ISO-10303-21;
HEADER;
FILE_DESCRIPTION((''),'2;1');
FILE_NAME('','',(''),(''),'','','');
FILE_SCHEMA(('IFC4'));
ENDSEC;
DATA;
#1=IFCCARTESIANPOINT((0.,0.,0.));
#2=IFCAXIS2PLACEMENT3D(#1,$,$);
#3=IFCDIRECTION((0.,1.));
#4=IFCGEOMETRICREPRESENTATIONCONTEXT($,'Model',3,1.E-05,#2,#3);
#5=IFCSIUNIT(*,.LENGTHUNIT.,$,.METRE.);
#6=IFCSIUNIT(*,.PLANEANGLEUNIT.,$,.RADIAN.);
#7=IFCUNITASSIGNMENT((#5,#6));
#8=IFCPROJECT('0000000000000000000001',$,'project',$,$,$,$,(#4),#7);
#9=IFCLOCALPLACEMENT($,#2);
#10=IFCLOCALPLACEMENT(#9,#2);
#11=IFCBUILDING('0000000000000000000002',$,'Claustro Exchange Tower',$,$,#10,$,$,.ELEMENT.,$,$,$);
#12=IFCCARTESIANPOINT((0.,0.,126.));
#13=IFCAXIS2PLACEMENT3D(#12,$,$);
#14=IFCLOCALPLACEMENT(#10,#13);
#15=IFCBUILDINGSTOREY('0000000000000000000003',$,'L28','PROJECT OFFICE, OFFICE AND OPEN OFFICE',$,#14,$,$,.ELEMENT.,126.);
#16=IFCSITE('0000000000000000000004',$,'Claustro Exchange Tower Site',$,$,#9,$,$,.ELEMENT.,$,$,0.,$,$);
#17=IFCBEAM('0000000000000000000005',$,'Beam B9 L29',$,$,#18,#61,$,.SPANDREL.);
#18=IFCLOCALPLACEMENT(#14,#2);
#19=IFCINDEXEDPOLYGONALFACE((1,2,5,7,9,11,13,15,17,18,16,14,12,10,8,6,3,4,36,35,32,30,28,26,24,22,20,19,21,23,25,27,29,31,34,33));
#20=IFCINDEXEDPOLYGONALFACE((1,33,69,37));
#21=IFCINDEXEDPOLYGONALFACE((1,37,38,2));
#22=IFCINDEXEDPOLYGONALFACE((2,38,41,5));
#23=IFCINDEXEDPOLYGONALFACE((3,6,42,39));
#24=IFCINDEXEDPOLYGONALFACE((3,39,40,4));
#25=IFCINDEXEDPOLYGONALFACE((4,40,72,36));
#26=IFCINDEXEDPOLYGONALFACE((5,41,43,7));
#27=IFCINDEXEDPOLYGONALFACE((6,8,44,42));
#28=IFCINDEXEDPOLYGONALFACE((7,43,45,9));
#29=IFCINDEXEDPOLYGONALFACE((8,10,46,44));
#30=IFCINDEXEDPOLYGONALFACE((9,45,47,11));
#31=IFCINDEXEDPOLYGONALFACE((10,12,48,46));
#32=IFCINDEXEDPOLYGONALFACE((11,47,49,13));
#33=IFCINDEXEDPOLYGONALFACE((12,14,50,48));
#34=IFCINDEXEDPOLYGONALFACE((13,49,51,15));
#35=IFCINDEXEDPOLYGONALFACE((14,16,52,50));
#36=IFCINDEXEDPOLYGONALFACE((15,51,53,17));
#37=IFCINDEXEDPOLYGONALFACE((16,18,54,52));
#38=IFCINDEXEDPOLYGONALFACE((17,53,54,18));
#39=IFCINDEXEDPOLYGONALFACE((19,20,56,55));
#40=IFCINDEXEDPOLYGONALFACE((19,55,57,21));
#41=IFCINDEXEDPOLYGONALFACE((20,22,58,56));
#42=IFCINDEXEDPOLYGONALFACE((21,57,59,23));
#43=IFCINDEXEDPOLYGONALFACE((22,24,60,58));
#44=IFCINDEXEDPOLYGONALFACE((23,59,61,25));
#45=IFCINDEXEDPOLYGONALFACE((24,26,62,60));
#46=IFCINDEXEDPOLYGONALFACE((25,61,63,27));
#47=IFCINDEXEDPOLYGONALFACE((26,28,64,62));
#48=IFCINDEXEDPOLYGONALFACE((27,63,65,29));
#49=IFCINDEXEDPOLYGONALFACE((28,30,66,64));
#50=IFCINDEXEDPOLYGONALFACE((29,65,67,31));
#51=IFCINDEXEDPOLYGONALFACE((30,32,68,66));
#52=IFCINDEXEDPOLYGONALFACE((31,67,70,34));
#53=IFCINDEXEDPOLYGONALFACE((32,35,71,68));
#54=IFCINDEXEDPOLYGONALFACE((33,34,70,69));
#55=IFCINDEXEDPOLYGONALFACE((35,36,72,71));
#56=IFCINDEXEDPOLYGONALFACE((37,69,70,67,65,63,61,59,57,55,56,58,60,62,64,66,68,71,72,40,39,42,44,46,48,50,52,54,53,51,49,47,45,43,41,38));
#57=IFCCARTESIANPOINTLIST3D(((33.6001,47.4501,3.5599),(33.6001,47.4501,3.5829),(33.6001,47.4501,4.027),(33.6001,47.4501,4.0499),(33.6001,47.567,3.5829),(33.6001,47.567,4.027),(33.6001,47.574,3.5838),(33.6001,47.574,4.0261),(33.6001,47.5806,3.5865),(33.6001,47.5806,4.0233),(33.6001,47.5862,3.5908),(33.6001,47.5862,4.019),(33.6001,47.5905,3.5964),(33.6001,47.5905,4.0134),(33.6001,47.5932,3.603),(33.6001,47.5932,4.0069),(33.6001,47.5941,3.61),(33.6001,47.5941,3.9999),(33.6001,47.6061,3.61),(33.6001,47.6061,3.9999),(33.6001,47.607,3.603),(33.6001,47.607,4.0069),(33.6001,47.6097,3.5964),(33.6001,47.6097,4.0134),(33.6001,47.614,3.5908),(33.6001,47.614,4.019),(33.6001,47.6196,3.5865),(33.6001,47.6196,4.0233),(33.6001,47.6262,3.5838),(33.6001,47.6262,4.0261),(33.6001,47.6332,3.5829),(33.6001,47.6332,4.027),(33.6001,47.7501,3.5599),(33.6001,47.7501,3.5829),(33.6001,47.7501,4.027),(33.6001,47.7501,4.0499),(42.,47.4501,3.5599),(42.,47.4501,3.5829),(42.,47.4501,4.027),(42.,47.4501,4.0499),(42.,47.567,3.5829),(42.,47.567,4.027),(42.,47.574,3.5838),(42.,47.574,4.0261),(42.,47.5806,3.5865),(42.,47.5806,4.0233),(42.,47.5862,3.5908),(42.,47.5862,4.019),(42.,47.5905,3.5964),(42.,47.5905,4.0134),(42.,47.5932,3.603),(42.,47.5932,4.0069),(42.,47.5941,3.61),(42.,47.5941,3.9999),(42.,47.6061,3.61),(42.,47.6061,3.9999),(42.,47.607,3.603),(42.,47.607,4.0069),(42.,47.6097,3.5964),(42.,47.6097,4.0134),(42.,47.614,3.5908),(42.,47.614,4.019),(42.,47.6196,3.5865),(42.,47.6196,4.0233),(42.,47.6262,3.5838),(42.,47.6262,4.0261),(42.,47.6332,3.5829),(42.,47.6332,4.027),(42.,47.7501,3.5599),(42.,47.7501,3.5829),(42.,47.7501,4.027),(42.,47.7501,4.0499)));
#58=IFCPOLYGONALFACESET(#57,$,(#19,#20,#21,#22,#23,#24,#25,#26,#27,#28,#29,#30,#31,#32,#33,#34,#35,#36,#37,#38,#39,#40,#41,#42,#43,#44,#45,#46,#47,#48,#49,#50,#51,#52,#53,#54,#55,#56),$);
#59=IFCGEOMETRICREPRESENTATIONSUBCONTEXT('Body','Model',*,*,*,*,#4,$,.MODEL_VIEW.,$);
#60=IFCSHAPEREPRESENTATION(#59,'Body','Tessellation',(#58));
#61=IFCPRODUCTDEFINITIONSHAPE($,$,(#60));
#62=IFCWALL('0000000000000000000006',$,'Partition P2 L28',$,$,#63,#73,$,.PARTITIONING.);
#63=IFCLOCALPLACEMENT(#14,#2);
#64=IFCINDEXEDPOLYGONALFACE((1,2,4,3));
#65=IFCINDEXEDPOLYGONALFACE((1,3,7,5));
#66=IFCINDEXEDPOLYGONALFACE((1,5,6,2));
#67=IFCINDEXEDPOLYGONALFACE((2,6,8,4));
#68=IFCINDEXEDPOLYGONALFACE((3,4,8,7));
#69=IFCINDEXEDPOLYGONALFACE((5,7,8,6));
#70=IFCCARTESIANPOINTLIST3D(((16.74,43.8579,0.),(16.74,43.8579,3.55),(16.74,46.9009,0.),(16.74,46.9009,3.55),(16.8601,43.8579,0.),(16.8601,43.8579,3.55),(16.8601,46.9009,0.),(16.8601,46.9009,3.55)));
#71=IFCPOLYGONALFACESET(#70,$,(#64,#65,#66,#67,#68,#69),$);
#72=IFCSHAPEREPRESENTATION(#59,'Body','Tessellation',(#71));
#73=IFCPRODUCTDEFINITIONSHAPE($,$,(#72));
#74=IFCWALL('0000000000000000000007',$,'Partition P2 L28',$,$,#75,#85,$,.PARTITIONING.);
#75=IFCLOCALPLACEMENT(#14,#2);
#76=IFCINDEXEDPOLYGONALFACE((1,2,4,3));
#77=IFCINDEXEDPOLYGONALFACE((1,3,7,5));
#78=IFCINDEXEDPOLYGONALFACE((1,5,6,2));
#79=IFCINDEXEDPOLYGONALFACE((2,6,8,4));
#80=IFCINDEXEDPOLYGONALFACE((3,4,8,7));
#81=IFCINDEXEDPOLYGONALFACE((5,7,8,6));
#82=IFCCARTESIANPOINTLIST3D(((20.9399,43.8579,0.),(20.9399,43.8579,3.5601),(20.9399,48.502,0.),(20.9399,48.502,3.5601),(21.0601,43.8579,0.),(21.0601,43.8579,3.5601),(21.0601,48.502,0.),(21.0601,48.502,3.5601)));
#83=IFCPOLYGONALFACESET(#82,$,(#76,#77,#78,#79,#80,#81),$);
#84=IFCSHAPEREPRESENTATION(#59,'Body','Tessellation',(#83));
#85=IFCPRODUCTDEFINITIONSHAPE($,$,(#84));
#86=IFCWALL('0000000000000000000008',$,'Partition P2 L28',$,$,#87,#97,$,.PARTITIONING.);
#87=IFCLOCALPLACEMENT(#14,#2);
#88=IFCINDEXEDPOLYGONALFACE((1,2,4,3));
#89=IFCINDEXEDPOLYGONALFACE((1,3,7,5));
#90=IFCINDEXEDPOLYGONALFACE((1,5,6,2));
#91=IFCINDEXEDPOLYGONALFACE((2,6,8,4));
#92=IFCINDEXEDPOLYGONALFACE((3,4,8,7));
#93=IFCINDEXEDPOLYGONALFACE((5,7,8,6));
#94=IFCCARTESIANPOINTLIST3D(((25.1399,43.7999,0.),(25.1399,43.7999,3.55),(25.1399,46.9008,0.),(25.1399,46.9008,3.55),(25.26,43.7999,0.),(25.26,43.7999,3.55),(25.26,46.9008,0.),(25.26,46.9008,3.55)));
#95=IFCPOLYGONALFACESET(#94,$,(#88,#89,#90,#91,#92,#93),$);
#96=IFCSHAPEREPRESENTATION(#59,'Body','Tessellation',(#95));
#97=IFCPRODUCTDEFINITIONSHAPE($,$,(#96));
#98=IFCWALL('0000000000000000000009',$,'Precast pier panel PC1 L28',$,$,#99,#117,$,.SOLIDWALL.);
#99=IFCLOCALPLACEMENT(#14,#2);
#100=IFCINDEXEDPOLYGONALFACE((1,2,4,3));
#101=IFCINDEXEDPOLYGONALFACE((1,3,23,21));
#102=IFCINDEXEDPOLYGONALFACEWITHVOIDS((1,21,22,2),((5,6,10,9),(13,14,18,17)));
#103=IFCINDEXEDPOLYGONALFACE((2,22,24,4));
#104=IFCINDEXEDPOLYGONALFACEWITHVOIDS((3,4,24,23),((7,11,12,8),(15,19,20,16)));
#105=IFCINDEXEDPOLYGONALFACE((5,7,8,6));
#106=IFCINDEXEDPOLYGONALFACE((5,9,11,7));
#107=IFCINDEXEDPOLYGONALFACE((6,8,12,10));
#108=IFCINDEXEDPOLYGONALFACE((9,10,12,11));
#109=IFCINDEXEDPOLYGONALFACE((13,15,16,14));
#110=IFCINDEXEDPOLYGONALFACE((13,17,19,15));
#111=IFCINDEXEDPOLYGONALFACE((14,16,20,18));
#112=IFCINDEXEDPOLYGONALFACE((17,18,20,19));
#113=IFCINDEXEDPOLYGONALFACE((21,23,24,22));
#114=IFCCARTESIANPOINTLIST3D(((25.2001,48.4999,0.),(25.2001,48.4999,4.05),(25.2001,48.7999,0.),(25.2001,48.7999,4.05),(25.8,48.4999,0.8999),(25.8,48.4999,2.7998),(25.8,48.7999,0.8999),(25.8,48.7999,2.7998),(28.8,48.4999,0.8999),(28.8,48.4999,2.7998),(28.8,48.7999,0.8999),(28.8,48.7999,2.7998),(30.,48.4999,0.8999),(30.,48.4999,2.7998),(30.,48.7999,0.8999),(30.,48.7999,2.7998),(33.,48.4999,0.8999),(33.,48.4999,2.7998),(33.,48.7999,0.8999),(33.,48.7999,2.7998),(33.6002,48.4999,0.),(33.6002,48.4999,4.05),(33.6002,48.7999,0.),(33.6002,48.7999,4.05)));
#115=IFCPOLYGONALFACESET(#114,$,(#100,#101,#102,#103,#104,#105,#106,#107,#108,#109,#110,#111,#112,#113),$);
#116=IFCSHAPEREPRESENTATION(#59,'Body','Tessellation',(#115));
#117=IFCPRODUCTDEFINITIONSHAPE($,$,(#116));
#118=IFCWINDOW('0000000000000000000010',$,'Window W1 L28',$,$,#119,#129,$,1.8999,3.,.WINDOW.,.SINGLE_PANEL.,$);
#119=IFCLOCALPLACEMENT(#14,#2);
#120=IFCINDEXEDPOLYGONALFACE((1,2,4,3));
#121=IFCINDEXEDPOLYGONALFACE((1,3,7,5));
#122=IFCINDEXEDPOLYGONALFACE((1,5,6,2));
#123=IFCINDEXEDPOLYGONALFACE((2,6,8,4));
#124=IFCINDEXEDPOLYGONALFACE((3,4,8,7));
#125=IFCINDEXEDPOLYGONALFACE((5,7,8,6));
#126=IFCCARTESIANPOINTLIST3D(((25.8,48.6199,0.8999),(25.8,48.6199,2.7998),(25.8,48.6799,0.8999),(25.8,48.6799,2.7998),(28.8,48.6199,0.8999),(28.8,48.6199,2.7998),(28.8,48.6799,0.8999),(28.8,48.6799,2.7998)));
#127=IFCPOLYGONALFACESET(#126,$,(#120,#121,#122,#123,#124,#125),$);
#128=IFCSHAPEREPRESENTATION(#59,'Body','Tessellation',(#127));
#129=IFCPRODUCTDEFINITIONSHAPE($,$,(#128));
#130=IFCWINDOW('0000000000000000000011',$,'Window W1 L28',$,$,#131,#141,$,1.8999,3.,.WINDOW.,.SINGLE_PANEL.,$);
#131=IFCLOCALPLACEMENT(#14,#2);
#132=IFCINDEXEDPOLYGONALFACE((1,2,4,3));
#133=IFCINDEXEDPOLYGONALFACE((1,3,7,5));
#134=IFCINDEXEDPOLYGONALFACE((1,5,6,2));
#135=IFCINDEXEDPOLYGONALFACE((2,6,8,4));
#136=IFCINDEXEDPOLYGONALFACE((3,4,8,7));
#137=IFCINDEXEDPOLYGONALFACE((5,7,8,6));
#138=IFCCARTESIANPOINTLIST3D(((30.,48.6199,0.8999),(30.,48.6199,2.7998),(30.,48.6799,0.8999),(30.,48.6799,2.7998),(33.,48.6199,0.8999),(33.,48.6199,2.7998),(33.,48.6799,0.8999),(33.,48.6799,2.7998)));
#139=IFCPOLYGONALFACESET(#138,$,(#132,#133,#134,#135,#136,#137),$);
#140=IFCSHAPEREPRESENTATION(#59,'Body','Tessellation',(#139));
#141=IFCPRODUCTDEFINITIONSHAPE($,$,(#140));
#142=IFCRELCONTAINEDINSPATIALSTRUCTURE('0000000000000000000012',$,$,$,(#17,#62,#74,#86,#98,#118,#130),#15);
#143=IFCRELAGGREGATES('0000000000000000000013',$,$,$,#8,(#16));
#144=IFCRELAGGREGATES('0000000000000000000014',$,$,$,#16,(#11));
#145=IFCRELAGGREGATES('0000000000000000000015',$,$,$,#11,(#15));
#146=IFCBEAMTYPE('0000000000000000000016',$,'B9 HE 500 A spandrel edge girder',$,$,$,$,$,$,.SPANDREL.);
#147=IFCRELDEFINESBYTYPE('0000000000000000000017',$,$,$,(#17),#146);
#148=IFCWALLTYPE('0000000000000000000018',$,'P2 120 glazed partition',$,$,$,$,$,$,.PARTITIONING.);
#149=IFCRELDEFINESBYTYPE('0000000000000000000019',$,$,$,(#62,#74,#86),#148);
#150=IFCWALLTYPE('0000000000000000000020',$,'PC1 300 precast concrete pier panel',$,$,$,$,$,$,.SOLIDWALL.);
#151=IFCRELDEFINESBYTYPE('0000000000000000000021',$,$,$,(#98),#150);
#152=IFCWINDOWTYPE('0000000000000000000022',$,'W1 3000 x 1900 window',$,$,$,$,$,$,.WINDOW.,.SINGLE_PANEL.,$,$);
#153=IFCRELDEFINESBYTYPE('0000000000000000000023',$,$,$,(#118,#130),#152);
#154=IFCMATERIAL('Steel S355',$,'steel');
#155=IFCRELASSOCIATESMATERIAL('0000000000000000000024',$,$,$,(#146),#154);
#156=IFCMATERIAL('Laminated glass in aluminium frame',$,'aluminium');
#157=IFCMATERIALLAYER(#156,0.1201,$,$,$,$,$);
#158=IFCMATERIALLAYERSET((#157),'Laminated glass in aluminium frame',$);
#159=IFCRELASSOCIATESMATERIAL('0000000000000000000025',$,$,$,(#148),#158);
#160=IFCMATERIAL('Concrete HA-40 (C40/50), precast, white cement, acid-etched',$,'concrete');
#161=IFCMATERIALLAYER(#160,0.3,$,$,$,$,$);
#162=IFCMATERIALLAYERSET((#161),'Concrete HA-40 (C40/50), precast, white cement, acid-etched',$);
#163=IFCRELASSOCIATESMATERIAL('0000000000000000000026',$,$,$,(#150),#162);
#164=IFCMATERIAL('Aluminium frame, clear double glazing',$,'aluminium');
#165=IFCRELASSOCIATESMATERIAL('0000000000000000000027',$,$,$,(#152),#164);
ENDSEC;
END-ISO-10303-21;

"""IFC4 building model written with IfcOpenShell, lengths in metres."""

from ifc_helpers import new_model, si_unit, direction, frame, frame_2d, origin, origin_2d, place, context, subcontext, project, spatial, rectangle, i_section, extrude, material, layer, layer_set, material_profile, profile_set, type_object, element, fill, save


model = new_model("IFC4")

# Units and contexts
model_context = context("Model", 3, precision=1e-05, world=origin(), true_north=direction((0.0, 1.0)))
body_context = subcontext(model_context, "Body", "Model", "MODEL_VIEW")
ifc_project = project(units=[si_unit("LENGTHUNIT", "METRE"), si_unit("PLANEANGLEUNIT", "RADIAN")], contexts=[model_context])

# Site, building, storey
site_placement = place(None, origin())
site = spatial("IfcSite", under=ifc_project, at=site_placement, Name="Claustro Exchange Tower Site", CompositionType="ELEMENT", RefElevation=0.0)
building_placement = place(site_placement, origin())
building = spatial("IfcBuilding", under=site, at=building_placement, Name="Claustro Exchange Tower", CompositionType="ELEMENT")
storey_placement = place(building_placement, frame((0.0, 0.0, 126.0)))
storey = spatial("IfcBuildingStorey", under=building, at=storey_placement, Name="L28", Description="PROJECT OFFICE, OFFICE AND OPEN OFFICE", CompositionType="ELEMENT", Elevation=126.0)

# Beam
ifc_material_1 = material(Name="Steel S355", Category="steel")
ifc_material_profile_1 = material_profile(ifc_material_1, i_section(OverallWidth=0.3, OverallDepth=0.49, WebThickness=0.012, FlangeThickness=0.0229, FilletRadius=0.0271, at=origin_2d()), Name="HE 500 A")
ifc_profile_set_1 = profile_set([ifc_material_profile_1], Name="Steel S355")
beam_type_1 = type_object("IfcBeamType", Name="B9 HE 500 A spandrel edge girder", PredefinedType="SPANDREL", material=ifc_profile_set_1)
beam_1_placement = place(storey_placement, frame((33.6001, 47.6001, 3.8049), z_axis=(1.0, 0.0, 0.0), x_axis=(0.0, 1.0, 0.0)))
element("IfcBeam", 1, at=beam_1_placement, inside=storey, type_object=beam_type_1, Name="Beam B9 L29", PredefinedType="SPANDREL", context=body_context, shape_type="SweptSolid", body=[
    extrude(i_section(OverallWidth=0.3, OverallDepth=0.49, WebThickness=0.012, FlangeThickness=0.0229, FilletRadius=0.0271, at=origin_2d()), origin(), (0.0, 0.0, 1.0), 8.3999),
])

# Walls
ifc_material_2 = material(Name="Laminated glass in aluminium frame", Category="aluminium")
ifc_layer_1 = layer(ifc_material_2, 0.1201)
ifc_layer_set_1 = layer_set([ifc_layer_1], Name="Laminated glass in aluminium frame")
wall_type_1 = type_object("IfcWallType", Name="P2 120 glazed partition", PredefinedType="PARTITIONING", material=ifc_layer_set_1)
wall_1_placement = place(storey_placement, frame((16.8, 43.8579, 0.0), z_axis=(0.0, 0.0, 1.0), x_axis=(0.0, 1.0, 0.0)))
element("IfcWall", 2, at=wall_1_placement, inside=storey, type_object=wall_type_1, Name="Partition P2 L28", PredefinedType="PARTITIONING", context=body_context, shape_type="SweptSolid", body=[
    extrude(rectangle(XDim=3.043, YDim=0.1201, at=frame_2d((1.5215, 0.0))), origin(), (0.0, 0.0, 1.0), 3.55),
])
wall_2_placement = place(storey_placement, frame((21.0, 43.8579, 0.0), z_axis=(0.0, 0.0, 1.0), x_axis=(0.0, 1.0, 0.0)))
element("IfcWall", 3, at=wall_2_placement, inside=storey, type_object=wall_type_1, Name="Partition P2 L28", PredefinedType="PARTITIONING", context=body_context, shape_type="SweptSolid", body=[
    extrude(rectangle(XDim=4.644, YDim=0.1201, at=frame_2d((2.322, 0.0))), origin(), (0.0, 0.0, 1.0), 3.5601),
])
wall_3_placement = place(storey_placement, frame((25.2, 43.8, 0.0), z_axis=(0.0, 0.0, 1.0), x_axis=(0.0, 1.0, 0.0)))
element("IfcWall", 4, at=wall_3_placement, inside=storey, type_object=wall_type_1, Name="Partition P2 L28", PredefinedType="PARTITIONING", context=body_context, shape_type="SweptSolid", body=[
    extrude(rectangle(XDim=3.1008, YDim=0.1201, at=frame_2d((1.5503, 0.0))), origin(), (0.0, 0.0, 1.0), 3.55),
])

# Wall, openings, windows
ifc_material_3 = material(Name="Concrete HA-40 (C40/50), precast, white cement, acid-etched", Category="concrete")
ifc_layer_2 = layer(ifc_material_3, 0.3)
ifc_layer_set_2 = layer_set([ifc_layer_2], Name="Concrete HA-40 (C40/50), precast, white cement, acid-etched")
wall_type_2 = type_object("IfcWallType", Name="PC1 300 precast concrete pier panel", PredefinedType="SOLIDWALL", material=ifc_layer_set_2)
wall_4_placement = place(storey_placement, frame((25.2, 48.6499, 0.0), z_axis=(0.0, 0.0, 1.0), x_axis=(1.0, 0.0, 0.0)))
wall_4 = element("IfcWall", 5, at=wall_4_placement, inside=storey, type_object=wall_type_2, Name="Precast pier panel PC1 L28", PredefinedType="SOLIDWALL", context=body_context, shape_type="SweptSolid", body=[
    extrude(rectangle(XDim=8.4001, YDim=0.3, at=frame_2d((4.2002, 0.0))), origin(), (0.0, 0.0, 1.0), 4.05),
])
opening_1_placement = place(wall_4_placement, frame((0.6001, 0.0, 0.8999)))
opening_1 = element("IfcOpeningElement", 6, at=opening_1_placement, cuts=wall_4, PredefinedType="OPENING", context=body_context, shape_type="SweptSolid", body=[
    extrude(rectangle(XDim=3.0, YDim=1.8999, at=frame_2d((1.5, 0.95))), frame((0.0, 0.1599, 0.0), z_axis=(0.0, -1.0, 0.0), x_axis=(1.0, 0.0, 0.0)), (0.0, 0.0, 1.0), 0.3201),
])
opening_2_placement = place(wall_4_placement, frame((4.8, 0.0, 0.8999)))
opening_2 = element("IfcOpeningElement", 7, at=opening_2_placement, cuts=wall_4, PredefinedType="OPENING", context=body_context, shape_type="SweptSolid", body=[
    extrude(rectangle(XDim=3.0, YDim=1.8999, at=frame_2d((1.5, 0.95))), frame((0.0, 0.1599, 0.0), z_axis=(0.0, -1.0, 0.0), x_axis=(1.0, 0.0, 0.0)), (0.0, 0.0, 1.0), 0.3201),
])
ifc_material_4 = material(Name="Aluminium frame, clear double glazing", Category="aluminium")
window_type = type_object("IfcWindowType", Name="W1 3000 x 1900 window", PartitioningType="SINGLE_PANEL", PredefinedType="WINDOW", material=ifc_material_4)
window_1_placement = place(opening_1_placement, origin())
window_1 = element("IfcWindow", 8, at=window_1_placement, inside=storey, type_object=window_type, Name="Window W1 L28", OverallHeight=1.8999, OverallWidth=3.0, PartitioningType="SINGLE_PANEL", PredefinedType="WINDOW", context=body_context, shape_type="SweptSolid", body=[
    extrude(rectangle(XDim=3.0, YDim=1.8999, at=frame_2d((1.5, 0.95))), frame((0.0, 0.03, 0.0), z_axis=(0.0, -1.0, 0.0), x_axis=(1.0, 0.0, 0.0)), (0.0, 0.0, 1.0), 0.0601),
])
fill(opening_1, window_1)
window_2_placement = place(opening_2_placement, origin())
window_2 = element("IfcWindow", 9, at=window_2_placement, inside=storey, type_object=window_type, Name="Window W1 L28", OverallHeight=1.8999, OverallWidth=3.0, PartitioningType="SINGLE_PANEL", PredefinedType="WINDOW", context=body_context, shape_type="SweptSolid", body=[
    extrude(rectangle(XDim=3.0, YDim=1.8999, at=frame_2d((1.5, 0.95))), frame((0.0, 0.03, 0.0), z_axis=(0.0, -1.0, 0.0), x_axis=(1.0, 0.0, 0.0)), (0.0, 0.0, 1.0), 0.0601),
])
fill(opening_2, window_2)

save(model, "model.ifc")
